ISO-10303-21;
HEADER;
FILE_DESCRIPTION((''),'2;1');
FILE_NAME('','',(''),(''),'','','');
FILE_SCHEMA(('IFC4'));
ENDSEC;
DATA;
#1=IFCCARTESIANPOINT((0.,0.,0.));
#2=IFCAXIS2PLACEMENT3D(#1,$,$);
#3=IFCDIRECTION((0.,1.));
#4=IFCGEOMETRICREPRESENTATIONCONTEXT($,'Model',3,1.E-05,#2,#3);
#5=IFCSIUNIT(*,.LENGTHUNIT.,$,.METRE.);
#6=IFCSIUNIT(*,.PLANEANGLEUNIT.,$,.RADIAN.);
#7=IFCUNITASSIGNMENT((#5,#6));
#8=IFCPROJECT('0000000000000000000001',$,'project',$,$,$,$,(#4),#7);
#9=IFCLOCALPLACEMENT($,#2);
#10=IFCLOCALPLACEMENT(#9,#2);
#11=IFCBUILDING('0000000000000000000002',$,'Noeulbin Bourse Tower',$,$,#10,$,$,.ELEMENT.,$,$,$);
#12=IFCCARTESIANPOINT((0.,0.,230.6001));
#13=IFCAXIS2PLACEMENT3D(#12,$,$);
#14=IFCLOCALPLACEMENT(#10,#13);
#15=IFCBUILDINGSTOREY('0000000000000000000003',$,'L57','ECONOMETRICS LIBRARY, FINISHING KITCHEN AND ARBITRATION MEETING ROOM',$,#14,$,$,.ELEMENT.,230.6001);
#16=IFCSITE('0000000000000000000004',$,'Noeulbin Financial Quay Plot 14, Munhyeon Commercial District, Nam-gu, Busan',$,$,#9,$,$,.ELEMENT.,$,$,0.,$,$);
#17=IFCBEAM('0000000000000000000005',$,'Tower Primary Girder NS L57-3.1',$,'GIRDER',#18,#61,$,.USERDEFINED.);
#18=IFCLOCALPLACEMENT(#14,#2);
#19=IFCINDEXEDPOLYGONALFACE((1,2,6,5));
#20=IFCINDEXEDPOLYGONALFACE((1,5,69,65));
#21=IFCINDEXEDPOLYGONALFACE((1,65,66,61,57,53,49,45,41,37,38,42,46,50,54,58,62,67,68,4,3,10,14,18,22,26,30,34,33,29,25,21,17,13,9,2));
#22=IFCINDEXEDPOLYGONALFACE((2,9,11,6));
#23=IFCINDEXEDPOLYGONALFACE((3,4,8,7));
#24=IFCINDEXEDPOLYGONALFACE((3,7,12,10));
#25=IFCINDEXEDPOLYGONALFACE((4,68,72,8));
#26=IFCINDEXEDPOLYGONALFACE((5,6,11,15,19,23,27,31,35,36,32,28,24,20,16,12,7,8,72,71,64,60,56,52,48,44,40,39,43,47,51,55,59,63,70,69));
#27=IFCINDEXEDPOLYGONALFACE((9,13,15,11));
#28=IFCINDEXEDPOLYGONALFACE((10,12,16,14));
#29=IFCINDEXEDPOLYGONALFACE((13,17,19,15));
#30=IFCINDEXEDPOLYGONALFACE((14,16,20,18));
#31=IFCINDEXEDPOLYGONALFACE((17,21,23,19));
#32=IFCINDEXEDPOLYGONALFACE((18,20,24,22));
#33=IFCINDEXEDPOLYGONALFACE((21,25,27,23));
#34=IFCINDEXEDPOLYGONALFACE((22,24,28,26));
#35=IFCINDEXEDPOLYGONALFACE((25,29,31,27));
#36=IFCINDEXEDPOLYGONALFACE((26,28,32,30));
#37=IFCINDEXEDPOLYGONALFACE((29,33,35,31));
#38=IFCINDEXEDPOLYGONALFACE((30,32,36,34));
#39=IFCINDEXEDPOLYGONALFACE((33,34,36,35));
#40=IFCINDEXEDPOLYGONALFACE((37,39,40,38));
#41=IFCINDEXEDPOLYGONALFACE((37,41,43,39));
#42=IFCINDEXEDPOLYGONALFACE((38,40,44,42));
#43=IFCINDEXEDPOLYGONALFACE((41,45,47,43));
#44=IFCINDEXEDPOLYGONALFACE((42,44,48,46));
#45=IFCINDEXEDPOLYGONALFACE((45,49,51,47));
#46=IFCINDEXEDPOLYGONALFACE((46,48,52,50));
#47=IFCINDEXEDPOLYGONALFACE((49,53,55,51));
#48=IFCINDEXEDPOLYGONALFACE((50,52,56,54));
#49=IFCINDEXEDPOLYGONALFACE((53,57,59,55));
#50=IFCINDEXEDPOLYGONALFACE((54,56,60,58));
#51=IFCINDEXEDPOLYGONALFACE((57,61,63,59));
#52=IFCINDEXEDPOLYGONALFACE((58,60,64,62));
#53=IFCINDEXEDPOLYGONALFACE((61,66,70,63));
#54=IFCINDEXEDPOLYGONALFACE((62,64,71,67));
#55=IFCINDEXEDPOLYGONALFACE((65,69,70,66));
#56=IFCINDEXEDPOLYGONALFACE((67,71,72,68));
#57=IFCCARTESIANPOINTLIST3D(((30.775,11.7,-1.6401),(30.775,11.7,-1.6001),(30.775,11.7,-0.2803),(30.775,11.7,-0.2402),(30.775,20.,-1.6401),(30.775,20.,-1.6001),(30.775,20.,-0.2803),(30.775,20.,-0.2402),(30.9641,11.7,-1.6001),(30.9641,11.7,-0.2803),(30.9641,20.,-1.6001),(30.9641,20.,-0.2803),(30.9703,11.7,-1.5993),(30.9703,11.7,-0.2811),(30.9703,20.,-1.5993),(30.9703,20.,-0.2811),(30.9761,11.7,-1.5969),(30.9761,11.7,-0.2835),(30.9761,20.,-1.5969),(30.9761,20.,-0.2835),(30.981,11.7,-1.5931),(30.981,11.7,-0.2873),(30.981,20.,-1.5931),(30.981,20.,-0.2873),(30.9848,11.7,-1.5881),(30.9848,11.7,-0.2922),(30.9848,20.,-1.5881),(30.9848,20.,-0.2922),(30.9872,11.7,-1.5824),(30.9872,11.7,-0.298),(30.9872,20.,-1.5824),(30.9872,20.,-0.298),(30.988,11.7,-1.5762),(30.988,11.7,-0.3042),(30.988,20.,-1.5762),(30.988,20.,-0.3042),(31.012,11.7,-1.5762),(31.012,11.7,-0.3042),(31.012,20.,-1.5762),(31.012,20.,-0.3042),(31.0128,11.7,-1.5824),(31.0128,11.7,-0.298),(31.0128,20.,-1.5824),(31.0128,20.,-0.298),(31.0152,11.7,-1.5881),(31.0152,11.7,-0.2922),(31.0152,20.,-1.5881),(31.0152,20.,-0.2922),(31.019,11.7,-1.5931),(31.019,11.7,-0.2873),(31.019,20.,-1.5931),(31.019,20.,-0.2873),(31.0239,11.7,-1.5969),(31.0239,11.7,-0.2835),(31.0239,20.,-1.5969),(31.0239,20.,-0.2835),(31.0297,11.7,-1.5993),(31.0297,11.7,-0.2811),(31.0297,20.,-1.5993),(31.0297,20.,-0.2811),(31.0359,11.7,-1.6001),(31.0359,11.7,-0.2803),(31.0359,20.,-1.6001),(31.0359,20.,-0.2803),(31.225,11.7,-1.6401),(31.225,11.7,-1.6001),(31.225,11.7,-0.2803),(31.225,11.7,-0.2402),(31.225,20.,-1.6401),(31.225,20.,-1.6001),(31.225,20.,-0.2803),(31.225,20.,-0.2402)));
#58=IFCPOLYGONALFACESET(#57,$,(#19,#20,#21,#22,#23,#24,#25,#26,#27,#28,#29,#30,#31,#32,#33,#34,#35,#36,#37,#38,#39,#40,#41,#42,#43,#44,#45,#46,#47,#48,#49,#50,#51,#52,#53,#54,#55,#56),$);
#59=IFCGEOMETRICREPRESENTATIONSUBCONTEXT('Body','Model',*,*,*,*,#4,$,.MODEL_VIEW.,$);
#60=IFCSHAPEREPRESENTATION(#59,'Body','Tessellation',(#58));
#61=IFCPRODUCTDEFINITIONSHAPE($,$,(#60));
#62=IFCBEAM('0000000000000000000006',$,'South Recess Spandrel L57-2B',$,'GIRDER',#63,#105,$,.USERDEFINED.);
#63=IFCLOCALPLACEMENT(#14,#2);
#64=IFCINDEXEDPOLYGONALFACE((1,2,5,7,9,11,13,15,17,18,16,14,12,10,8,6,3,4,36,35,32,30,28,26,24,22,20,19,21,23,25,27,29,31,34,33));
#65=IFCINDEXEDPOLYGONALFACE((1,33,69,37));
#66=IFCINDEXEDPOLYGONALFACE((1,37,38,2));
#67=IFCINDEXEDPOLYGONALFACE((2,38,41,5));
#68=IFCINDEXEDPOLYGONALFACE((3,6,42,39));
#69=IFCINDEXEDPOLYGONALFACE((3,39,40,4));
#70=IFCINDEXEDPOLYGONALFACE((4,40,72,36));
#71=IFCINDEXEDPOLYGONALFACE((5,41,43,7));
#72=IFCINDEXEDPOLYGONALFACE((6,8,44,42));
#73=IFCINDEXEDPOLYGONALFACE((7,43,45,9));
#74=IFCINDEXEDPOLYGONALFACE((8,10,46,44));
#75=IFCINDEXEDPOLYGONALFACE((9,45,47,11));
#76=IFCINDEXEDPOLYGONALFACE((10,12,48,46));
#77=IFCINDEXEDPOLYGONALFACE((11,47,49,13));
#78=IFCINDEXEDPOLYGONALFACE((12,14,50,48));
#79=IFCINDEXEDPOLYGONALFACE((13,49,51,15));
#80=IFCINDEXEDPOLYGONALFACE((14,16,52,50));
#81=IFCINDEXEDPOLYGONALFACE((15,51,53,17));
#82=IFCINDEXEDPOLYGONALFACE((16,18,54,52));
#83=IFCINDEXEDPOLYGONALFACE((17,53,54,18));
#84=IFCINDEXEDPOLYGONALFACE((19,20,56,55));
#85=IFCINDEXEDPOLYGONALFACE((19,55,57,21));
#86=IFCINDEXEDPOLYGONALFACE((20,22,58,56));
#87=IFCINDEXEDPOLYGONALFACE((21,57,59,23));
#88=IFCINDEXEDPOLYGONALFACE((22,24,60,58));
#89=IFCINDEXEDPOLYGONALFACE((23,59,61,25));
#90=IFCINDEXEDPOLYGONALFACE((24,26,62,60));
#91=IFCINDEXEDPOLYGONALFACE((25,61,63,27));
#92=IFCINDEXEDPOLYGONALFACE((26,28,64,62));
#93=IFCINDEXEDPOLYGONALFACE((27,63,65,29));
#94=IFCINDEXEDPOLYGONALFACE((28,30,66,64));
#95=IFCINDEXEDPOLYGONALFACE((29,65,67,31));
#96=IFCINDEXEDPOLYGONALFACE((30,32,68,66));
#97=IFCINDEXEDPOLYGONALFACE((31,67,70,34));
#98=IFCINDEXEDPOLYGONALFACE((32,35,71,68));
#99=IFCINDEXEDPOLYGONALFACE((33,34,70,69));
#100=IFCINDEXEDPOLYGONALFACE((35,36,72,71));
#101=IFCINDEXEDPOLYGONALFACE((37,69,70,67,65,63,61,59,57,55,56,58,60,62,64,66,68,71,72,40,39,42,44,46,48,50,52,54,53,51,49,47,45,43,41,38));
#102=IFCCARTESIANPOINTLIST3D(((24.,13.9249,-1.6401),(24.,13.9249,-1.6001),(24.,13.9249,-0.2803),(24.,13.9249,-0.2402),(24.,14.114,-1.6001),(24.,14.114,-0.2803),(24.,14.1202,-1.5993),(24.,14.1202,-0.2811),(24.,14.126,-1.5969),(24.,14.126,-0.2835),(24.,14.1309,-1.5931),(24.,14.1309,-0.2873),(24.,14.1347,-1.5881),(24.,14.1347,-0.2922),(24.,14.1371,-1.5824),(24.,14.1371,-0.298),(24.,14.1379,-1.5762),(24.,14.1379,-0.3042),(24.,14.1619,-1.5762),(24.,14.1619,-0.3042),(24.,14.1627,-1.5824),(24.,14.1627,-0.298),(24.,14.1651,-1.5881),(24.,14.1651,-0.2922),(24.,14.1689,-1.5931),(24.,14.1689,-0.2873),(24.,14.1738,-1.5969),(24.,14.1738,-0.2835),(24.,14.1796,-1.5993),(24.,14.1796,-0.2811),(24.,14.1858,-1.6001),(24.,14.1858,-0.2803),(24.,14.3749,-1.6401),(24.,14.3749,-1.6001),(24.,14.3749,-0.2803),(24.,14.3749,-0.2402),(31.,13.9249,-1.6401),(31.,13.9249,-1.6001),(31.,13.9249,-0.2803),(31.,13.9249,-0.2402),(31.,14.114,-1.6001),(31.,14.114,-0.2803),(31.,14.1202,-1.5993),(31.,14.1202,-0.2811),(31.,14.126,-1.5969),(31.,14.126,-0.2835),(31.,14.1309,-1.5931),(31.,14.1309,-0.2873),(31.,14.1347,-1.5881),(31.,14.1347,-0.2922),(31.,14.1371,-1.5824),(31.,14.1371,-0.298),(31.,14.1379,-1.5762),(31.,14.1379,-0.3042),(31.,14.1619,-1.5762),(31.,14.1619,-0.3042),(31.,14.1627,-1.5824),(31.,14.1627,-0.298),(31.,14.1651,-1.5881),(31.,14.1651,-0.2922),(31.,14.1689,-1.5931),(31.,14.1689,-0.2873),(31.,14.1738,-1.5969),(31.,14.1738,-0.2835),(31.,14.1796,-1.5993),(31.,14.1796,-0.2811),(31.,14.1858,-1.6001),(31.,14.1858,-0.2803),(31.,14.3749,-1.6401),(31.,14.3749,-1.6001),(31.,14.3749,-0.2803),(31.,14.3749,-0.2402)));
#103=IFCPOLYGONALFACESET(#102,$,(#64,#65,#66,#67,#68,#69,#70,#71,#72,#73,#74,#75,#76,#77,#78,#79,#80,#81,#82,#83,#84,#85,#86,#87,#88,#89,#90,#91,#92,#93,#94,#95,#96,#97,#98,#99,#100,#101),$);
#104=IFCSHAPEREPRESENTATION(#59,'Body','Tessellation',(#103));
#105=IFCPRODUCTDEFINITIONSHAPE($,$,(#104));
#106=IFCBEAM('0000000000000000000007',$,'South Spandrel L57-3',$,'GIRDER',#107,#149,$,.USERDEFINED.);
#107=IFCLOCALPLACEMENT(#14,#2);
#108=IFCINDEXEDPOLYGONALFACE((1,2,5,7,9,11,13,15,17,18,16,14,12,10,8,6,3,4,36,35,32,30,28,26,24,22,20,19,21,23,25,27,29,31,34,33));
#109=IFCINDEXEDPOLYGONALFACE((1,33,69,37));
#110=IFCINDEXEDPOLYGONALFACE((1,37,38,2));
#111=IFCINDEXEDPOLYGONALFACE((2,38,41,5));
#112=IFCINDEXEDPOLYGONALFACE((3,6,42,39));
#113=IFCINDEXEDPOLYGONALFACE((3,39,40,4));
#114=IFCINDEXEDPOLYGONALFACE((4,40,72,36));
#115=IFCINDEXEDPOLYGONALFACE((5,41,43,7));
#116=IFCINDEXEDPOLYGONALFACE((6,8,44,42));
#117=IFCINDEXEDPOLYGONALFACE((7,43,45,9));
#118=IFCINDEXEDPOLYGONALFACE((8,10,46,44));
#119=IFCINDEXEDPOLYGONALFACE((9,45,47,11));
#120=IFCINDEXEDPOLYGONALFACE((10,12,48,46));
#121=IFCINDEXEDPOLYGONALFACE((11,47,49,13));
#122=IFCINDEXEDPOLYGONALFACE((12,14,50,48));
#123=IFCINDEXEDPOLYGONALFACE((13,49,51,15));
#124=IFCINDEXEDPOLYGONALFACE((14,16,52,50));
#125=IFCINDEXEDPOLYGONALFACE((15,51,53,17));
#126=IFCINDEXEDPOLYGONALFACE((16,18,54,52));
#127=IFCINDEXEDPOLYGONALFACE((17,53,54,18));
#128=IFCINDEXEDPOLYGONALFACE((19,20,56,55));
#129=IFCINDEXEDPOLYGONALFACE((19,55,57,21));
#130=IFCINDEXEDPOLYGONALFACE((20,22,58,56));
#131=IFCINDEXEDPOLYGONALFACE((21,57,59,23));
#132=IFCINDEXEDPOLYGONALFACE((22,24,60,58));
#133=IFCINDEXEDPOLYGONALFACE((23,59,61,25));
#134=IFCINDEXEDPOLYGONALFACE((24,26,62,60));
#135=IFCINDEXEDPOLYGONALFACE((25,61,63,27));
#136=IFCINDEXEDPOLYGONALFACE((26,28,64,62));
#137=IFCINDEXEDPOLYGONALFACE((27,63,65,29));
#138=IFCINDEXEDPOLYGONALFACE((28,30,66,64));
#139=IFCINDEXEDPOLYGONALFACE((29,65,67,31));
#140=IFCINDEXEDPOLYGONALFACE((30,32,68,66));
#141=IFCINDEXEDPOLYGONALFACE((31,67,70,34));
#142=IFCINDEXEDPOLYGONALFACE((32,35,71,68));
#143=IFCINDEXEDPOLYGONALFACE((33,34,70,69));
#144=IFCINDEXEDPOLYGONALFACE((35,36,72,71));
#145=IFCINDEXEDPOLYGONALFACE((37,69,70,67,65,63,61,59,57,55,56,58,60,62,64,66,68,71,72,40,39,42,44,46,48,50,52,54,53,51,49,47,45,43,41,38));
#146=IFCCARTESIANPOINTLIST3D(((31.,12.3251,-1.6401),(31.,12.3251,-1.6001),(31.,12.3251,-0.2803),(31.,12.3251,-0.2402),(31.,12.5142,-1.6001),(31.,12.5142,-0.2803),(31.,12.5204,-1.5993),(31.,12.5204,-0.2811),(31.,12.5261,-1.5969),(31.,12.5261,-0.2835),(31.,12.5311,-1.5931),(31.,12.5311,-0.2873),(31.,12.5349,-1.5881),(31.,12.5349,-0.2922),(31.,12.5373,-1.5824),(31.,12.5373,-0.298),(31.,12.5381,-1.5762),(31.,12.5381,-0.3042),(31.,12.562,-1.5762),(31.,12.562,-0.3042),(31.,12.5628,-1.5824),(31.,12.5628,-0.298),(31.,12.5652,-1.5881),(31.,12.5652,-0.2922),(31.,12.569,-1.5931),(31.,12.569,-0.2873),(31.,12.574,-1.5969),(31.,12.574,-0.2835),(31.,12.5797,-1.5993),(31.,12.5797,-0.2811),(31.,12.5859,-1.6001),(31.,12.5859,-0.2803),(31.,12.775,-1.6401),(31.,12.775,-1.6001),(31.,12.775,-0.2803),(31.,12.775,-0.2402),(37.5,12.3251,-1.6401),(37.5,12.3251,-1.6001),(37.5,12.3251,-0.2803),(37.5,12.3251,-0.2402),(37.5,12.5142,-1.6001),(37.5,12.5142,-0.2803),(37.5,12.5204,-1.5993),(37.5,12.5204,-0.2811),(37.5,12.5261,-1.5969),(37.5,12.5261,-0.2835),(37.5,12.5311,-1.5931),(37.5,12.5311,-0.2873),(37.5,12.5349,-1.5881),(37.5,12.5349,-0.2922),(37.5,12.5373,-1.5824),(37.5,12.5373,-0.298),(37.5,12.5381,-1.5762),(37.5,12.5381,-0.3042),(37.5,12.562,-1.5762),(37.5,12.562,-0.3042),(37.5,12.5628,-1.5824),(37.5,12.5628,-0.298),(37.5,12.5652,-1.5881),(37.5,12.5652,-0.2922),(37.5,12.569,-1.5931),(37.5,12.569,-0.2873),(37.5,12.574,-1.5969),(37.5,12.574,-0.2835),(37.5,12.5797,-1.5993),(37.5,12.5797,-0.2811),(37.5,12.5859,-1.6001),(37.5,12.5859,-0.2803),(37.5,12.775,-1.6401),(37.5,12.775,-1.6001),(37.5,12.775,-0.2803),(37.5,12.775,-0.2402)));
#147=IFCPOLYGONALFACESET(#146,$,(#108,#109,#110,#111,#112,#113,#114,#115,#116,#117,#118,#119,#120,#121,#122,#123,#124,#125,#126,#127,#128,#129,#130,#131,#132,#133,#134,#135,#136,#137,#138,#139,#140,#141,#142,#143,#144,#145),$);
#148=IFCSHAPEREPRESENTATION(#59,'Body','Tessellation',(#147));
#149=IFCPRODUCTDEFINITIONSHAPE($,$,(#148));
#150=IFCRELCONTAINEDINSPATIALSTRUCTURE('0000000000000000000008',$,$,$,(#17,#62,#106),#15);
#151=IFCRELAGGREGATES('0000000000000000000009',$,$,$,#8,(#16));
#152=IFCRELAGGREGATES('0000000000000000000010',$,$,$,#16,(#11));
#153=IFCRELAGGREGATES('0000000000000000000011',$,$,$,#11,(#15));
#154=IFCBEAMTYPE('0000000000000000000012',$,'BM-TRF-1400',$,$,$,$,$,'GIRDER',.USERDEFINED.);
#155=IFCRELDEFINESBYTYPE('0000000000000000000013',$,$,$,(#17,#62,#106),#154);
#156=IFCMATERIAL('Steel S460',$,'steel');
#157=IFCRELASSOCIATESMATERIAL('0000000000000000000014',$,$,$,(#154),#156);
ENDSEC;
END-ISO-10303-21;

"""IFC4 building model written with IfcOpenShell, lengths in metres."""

from ifc_helpers import new_model, si_unit, direction, frame, origin, origin_2d, place, context, subcontext, project, spatial, i_section, extrude, material, material_profile, profile_set, type_object, element, save


model = new_model("IFC4")

# Units and contexts
model_context = context("Model", 3, precision=1e-05, world=origin(), true_north=direction((0.0, 1.0)))
body_context = subcontext(model_context, "Body", "Model", "MODEL_VIEW")
ifc_project = project(units=[si_unit("LENGTHUNIT", "METRE"), si_unit("PLANEANGLEUNIT", "RADIAN")], contexts=[model_context])

# Site, building, storey
site_placement = place(None, origin())
site = spatial("IfcSite", under=ifc_project, at=site_placement, Name="Noeulbin Financial Quay Plot 14, Munhyeon Commercial District, Nam-gu, Busan", CompositionType="ELEMENT", RefElevation=0.0)
building_placement = place(site_placement, origin())
building = spatial("IfcBuilding", under=site, at=building_placement, Name="Noeulbin Bourse Tower", CompositionType="ELEMENT")
storey_placement = place(building_placement, frame((0.0, 0.0, 230.6001)))
storey = spatial("IfcBuildingStorey", under=building, at=storey_placement, Name="L57", Description="ECONOMETRICS LIBRARY, FINISHING KITCHEN AND ARBITRATION MEETING ROOM", CompositionType="ELEMENT", Elevation=230.6001)

# Beams
ifc_material_1 = material(Name="Steel S460", Category="steel")
ifc_material_profile_1 = material_profile(ifc_material_1, i_section(OverallWidth=0.45, OverallDepth=1.3999, WebThickness=0.0239, FlangeThickness=0.04, FilletRadius=0.0239, at=origin_2d()), Name="PG-1400x450x24x40", Category="LoadBearing")
ifc_profile_set_1 = profile_set([ifc_material_profile_1], Name="Steel S460")
beam_type_1 = type_object("IfcBeamType", Name="BM-TRF-1400", ElementType="GIRDER", PredefinedType="USERDEFINED", material=ifc_profile_set_1)
beam_1_placement = place(storey_placement, frame((31.0, 11.7, -0.9402), z_axis=(0.0, 1.0, 0.0), x_axis=(-1.0, 0.0, 0.0)))
element("IfcBeam", 1, at=beam_1_placement, inside=storey, type_object=beam_type_1, Name="Tower Primary Girder NS L57-3.1", ObjectType="GIRDER", PredefinedType="USERDEFINED", context=body_context, shape_type="SweptSolid", body=[
    extrude(i_section(OverallWidth=0.45, OverallDepth=1.3999, WebThickness=0.0239, FlangeThickness=0.04, FilletRadius=0.0239, at=origin_2d()), origin(), (0.0, 0.0, 1.0), 8.3),
])
beam_2_placement = place(storey_placement, frame((24.0, 14.1499, -0.9402), z_axis=(1.0, 0.0, 0.0), x_axis=(0.0, 1.0, 0.0)))
element("IfcBeam", 2, at=beam_2_placement, inside=storey, type_object=beam_type_1, Name="South Recess Spandrel L57-2B", ObjectType="GIRDER", PredefinedType="USERDEFINED", context=body_context, shape_type="SweptSolid", body=[
    extrude(i_section(OverallWidth=0.45, OverallDepth=1.3999, WebThickness=0.0239, FlangeThickness=0.04, FilletRadius=0.0239, at=origin_2d()), origin(), (0.0, 0.0, 1.0), 7.0),
])
beam_3_placement = place(storey_placement, frame((31.0, 12.55, -0.9402), z_axis=(1.0, 0.0, 0.0), x_axis=(0.0, 1.0, 0.0)))
element("IfcBeam", 3, at=beam_3_placement, inside=storey, type_object=beam_type_1, Name="South Spandrel L57-3", ObjectType="GIRDER", PredefinedType="USERDEFINED", context=body_context, shape_type="SweptSolid", body=[
    extrude(i_section(OverallWidth=0.45, OverallDepth=1.3999, WebThickness=0.0239, FlangeThickness=0.04, FilletRadius=0.0239, at=origin_2d()), origin(), (0.0, 0.0, 1.0), 6.5),
])

save(model, "model.ifc")
